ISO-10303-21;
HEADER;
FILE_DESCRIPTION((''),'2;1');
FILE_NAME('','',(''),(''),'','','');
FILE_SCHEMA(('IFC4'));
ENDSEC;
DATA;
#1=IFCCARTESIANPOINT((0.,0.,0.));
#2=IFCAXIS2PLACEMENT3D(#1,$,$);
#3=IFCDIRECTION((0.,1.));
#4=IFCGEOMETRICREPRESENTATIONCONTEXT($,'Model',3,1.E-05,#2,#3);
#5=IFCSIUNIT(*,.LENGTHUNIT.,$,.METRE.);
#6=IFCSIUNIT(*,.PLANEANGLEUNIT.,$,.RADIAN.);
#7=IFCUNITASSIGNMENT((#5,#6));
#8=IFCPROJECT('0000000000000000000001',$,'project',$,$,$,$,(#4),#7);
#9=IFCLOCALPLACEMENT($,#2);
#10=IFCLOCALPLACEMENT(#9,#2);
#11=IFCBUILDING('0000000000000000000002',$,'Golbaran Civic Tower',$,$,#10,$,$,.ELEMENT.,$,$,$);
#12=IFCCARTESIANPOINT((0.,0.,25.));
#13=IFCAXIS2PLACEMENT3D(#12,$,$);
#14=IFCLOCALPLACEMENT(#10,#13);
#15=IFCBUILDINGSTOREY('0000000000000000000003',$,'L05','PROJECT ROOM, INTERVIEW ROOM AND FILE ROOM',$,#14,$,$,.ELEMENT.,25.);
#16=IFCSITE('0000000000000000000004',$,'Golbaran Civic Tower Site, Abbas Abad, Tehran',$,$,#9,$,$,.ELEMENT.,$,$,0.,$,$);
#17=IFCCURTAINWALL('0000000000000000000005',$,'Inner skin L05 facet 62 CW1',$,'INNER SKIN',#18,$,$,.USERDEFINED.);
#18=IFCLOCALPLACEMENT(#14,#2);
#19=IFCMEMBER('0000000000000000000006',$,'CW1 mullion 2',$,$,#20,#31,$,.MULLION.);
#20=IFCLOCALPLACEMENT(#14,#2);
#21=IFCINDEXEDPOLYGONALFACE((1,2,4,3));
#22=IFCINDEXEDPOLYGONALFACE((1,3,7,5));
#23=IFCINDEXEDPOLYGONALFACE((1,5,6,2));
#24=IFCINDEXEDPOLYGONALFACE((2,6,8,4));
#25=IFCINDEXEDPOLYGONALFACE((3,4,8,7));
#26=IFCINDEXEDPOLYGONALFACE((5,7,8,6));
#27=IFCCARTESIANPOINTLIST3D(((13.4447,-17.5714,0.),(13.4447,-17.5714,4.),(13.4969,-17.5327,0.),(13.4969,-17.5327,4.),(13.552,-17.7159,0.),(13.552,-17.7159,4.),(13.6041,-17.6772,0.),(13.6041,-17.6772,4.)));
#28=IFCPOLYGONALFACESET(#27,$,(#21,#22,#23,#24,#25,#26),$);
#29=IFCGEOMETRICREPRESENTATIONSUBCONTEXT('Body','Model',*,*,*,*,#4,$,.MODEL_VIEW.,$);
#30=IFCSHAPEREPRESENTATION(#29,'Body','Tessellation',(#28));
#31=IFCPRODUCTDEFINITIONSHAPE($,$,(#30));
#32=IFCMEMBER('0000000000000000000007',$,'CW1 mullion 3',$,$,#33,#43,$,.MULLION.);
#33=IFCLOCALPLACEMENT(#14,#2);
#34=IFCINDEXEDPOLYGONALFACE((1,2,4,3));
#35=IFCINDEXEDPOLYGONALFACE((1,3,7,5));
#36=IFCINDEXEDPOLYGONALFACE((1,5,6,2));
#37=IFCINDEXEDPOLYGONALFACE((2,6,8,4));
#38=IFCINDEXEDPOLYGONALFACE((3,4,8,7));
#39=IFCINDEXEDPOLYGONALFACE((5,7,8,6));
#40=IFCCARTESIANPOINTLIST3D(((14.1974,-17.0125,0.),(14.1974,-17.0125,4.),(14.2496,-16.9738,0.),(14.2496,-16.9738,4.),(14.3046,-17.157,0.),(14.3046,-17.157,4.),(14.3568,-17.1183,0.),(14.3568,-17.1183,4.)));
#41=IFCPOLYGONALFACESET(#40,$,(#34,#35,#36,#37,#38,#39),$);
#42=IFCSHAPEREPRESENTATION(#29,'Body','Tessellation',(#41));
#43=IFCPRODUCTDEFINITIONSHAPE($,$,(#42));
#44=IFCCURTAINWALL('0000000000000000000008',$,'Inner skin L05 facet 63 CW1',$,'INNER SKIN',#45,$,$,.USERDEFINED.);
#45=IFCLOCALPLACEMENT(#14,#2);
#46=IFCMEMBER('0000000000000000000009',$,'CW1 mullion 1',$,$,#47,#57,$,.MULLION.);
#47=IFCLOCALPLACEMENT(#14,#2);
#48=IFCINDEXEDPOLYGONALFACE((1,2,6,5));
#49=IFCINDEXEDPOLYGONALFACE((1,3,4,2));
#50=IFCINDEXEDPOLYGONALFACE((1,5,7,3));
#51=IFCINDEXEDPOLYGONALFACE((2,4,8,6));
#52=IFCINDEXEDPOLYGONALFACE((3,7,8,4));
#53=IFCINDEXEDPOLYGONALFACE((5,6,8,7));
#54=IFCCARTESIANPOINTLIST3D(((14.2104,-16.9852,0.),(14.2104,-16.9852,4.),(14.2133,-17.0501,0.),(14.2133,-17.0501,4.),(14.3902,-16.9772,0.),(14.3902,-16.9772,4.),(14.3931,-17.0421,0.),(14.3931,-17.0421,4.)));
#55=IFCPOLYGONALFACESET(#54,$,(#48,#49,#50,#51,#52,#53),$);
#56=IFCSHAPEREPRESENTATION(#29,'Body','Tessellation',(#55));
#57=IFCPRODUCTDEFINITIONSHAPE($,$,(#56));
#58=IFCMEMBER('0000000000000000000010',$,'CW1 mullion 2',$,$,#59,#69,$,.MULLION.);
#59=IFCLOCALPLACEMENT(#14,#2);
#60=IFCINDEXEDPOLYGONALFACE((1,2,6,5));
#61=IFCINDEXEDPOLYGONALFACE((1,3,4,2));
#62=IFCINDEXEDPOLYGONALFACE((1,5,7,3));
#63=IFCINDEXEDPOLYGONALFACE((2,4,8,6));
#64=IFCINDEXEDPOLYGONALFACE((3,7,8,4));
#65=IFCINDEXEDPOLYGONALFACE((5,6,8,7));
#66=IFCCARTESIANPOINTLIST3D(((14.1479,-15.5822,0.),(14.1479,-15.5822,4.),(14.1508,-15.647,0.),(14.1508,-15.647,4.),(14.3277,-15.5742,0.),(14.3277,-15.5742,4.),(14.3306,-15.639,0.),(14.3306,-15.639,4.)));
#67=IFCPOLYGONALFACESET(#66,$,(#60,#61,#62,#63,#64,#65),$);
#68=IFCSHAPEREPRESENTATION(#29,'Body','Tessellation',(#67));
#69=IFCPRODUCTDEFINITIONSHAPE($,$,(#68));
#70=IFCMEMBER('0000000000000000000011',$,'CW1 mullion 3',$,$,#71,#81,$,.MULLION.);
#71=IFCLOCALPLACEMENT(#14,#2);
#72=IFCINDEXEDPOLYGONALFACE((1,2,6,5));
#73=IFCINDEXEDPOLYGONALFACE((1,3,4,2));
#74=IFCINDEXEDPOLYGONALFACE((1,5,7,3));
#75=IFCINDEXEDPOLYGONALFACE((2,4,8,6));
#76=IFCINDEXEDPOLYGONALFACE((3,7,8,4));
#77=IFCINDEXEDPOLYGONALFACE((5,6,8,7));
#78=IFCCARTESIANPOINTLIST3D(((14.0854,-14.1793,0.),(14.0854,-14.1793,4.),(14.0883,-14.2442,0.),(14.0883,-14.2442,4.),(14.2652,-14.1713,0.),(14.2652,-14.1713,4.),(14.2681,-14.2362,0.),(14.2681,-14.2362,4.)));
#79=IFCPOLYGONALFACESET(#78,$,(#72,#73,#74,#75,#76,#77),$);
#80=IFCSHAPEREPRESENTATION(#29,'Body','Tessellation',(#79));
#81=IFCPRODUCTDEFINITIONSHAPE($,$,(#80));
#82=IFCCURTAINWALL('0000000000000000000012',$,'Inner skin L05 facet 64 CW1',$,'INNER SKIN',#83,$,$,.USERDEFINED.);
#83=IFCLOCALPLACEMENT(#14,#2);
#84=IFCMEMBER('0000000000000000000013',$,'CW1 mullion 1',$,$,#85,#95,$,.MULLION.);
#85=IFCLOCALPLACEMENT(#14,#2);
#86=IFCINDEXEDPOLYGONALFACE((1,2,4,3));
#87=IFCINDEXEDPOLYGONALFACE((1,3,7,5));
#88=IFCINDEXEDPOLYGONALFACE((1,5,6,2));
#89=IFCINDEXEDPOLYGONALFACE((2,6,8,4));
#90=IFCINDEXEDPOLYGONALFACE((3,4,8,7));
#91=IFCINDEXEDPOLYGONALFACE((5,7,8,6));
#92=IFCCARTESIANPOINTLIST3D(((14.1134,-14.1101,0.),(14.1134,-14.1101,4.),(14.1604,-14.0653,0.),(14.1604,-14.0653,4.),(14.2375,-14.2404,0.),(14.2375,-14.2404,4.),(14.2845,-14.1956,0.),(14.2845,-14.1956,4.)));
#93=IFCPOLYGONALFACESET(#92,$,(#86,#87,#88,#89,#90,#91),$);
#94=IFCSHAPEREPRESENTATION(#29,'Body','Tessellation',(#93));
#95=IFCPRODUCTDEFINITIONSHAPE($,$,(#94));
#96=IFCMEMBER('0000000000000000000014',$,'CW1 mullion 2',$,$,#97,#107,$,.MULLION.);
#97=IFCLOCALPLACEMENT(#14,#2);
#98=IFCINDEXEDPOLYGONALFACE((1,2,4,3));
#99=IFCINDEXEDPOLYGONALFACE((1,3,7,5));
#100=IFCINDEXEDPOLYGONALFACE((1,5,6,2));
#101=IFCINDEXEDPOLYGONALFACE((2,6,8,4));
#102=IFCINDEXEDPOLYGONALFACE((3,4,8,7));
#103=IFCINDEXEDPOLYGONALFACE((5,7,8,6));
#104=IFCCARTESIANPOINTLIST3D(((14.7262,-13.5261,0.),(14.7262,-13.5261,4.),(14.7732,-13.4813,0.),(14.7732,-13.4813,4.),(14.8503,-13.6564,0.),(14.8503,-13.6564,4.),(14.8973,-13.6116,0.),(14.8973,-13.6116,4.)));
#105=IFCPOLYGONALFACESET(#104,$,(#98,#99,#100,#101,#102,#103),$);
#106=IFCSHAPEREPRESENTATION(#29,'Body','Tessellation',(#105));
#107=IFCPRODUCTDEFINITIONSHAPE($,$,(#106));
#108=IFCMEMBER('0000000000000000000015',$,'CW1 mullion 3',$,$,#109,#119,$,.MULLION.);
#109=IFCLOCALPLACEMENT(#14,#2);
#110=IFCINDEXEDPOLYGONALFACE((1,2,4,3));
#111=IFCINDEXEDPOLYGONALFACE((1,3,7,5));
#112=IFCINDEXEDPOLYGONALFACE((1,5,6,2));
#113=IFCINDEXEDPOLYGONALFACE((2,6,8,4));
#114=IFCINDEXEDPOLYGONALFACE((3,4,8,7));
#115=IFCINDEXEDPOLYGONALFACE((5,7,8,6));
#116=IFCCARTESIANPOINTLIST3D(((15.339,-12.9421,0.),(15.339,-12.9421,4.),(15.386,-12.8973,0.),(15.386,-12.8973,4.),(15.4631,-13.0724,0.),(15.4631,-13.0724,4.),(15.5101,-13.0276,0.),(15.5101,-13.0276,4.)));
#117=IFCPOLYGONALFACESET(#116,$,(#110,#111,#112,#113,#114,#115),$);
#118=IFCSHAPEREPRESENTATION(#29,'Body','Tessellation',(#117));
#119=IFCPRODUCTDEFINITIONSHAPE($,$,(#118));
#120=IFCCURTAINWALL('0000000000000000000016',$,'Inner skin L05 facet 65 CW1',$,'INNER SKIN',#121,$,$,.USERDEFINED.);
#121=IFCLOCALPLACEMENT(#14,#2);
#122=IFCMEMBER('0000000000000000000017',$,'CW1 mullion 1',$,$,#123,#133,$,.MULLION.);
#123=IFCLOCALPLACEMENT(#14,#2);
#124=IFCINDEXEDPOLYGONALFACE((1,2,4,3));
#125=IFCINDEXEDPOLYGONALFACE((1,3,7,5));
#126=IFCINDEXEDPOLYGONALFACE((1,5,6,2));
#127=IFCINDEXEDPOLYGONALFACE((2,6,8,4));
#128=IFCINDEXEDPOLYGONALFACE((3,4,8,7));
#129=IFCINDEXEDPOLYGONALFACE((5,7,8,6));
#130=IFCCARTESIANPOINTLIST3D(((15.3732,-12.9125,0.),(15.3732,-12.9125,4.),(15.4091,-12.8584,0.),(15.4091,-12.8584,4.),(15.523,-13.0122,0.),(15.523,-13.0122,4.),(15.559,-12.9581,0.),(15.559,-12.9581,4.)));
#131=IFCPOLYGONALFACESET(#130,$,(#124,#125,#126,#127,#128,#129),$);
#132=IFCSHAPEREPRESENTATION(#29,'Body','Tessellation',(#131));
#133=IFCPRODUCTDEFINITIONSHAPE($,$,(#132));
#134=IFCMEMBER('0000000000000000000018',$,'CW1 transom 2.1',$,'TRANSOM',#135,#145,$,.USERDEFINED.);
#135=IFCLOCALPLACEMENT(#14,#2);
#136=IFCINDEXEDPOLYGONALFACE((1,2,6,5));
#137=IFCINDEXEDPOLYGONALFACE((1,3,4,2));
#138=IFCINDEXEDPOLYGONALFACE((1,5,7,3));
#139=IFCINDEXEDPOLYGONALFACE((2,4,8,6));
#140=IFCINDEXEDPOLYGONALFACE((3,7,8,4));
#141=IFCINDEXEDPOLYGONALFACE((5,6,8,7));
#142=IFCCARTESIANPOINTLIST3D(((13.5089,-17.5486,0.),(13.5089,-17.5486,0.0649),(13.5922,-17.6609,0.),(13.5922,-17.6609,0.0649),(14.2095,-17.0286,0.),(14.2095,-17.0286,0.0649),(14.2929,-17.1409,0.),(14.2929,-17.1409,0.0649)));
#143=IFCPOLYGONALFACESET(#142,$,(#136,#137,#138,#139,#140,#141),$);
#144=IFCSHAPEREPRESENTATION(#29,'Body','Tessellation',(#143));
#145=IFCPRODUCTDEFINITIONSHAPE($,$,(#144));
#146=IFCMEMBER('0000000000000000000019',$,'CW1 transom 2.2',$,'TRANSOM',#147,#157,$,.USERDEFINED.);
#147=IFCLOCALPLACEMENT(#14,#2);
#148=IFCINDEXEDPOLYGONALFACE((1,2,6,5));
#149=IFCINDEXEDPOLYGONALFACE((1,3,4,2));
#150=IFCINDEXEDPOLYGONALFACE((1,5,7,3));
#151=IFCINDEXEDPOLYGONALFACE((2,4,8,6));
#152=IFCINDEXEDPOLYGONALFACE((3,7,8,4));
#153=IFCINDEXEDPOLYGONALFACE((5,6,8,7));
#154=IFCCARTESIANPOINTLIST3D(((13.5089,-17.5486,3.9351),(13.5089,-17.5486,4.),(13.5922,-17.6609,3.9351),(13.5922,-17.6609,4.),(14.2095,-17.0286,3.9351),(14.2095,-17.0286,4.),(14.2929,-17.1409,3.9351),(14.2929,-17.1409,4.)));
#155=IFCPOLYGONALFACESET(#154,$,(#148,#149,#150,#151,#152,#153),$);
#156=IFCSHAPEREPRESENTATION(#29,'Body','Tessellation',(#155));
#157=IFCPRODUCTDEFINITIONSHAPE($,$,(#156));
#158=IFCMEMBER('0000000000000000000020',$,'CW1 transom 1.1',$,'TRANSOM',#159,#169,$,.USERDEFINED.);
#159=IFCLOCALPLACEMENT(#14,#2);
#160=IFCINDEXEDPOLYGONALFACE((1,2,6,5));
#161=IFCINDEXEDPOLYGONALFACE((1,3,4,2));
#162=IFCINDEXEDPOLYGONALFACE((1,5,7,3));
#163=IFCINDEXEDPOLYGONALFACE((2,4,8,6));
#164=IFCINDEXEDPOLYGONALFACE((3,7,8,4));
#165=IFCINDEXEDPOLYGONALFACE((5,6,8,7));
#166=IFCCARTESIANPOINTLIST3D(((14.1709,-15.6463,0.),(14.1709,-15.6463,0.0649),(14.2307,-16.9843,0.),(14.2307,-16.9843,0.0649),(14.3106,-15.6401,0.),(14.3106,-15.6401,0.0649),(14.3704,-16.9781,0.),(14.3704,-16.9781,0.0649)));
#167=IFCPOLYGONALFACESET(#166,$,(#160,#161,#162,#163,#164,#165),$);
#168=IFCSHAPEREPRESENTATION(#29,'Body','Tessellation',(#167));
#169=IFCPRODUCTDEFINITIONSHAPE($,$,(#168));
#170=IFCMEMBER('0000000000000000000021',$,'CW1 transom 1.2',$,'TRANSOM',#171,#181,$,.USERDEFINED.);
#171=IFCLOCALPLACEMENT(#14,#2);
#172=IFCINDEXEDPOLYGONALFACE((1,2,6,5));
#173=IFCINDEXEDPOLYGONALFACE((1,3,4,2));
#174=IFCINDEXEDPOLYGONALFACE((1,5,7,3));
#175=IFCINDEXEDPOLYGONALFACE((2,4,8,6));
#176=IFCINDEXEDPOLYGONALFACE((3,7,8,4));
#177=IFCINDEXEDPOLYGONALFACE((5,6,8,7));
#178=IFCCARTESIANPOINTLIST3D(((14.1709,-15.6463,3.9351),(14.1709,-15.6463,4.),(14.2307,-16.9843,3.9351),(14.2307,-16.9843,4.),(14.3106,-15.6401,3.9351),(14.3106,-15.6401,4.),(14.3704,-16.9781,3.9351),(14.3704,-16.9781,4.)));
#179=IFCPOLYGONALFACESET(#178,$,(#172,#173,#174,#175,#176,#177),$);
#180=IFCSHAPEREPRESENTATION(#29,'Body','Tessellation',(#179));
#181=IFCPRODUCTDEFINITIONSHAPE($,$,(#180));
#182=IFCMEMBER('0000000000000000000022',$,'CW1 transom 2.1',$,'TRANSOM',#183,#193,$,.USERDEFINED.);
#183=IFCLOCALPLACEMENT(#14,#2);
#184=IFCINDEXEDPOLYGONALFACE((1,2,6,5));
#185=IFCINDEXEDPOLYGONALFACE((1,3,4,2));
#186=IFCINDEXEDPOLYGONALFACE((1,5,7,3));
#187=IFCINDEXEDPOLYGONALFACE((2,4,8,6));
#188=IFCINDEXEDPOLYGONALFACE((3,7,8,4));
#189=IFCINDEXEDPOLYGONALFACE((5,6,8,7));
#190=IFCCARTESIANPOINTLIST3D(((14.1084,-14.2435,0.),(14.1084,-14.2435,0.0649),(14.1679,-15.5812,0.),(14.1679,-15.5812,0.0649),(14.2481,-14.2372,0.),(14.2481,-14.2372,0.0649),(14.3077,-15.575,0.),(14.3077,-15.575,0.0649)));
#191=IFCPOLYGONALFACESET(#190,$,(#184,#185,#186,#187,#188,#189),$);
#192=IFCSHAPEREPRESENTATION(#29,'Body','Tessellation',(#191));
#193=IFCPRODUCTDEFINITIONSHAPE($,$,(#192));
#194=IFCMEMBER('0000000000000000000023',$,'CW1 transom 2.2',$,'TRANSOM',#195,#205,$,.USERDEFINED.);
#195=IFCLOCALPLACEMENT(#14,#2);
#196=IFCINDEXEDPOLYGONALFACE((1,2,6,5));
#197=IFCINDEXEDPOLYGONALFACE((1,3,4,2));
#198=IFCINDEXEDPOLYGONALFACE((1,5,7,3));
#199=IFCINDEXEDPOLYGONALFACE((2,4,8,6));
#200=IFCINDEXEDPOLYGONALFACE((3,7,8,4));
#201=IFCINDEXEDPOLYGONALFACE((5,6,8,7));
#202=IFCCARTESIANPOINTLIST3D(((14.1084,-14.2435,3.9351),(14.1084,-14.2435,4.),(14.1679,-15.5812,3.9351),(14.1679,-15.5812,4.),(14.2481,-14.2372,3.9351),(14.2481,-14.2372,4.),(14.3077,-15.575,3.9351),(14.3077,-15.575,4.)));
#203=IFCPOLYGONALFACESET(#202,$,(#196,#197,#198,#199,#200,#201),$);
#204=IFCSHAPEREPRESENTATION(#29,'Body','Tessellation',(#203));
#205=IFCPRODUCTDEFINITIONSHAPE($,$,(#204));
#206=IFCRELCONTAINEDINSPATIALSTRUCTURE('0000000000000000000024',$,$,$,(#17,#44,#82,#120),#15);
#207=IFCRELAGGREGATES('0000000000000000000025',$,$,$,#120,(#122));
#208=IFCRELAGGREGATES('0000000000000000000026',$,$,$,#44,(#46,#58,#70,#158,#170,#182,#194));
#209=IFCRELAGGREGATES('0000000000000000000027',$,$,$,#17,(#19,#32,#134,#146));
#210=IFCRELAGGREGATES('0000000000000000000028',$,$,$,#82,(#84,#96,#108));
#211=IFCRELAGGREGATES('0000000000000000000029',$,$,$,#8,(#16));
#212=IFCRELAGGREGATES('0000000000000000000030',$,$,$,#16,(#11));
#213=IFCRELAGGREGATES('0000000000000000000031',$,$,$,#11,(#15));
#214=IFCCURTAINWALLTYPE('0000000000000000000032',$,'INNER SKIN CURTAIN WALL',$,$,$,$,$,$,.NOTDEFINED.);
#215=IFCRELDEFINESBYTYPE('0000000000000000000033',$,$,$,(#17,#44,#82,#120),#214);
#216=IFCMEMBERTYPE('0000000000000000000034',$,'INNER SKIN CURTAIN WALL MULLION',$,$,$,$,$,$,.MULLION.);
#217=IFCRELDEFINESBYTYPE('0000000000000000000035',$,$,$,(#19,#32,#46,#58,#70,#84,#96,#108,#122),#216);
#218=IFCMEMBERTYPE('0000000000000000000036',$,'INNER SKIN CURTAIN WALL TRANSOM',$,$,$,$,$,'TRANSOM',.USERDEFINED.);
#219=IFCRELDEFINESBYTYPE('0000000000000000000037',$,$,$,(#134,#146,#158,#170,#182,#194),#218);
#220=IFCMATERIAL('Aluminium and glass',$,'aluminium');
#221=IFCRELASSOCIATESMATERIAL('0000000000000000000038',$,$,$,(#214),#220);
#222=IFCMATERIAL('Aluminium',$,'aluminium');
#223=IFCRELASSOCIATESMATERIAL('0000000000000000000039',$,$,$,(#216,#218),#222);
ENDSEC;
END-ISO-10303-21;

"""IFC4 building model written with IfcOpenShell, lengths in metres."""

from ifc_helpers import new_model, si_unit, direction, frame, origin, origin_2d, place, context, subcontext, project, spatial, rectangle, extrude, material, material_profile, profile_set, type_object, element, aggregate, save


model = new_model("IFC4")

# Units and contexts
model_context = context("Model", 3, precision=1e-05, world=origin(), true_north=direction((0.0, 1.0)))
body_context = subcontext(model_context, "Body", "Model", "MODEL_VIEW")
ifc_project = project(units=[si_unit("LENGTHUNIT", "METRE"), si_unit("PLANEANGLEUNIT", "RADIAN")], contexts=[model_context])

# Site, building, storey
site_placement = place(None, origin())
site = spatial("IfcSite", under=ifc_project, at=site_placement, Name="Golbaran Civic Tower Site, Abbas Abad, Tehran", CompositionType="ELEMENT", RefElevation=0.0)
building_placement = place(site_placement, origin())
building = spatial("IfcBuilding", under=site, at=building_placement, Name="Golbaran Civic Tower", CompositionType="ELEMENT")
storey_placement = place(building_placement, frame((0.0, 0.0, 25.0)))
storey = spatial("IfcBuildingStorey", under=building, at=storey_placement, Name="L05", Description="PROJECT ROOM, INTERVIEW ROOM AND FILE ROOM", CompositionType="ELEMENT", Elevation=25.0)

# Curtain walls, members
ifc_material_1 = material(Name="Aluminium and glass", Category="aluminium")
curtain_wall_type = type_object("IfcCurtainWallType", Name="INNER SKIN CURTAIN WALL", PredefinedType="NOTDEFINED", material=ifc_material_1)
curtain_wall_1_placement = place(storey_placement, origin())
curtain_wall_1 = element("IfcCurtainWall", 1, at=curtain_wall_1_placement, inside=storey, type_object=curtain_wall_type, Name="Inner skin L05 facet 62 CW1", ObjectType="INNER SKIN", PredefinedType="USERDEFINED")
ifc_material_2 = material(Name="Aluminium", Category="aluminium")
ifc_material_profile_1 = material_profile(ifc_material_2, rectangle(XDim=0.1799, YDim=0.0649, at=origin_2d()), Name="INNER SKIN CURTAIN WALL MULLION")
ifc_profile_set_1 = profile_set([ifc_material_profile_1], Name="Aluminium")
member_type_1 = type_object("IfcMemberType", Name="INNER SKIN CURTAIN WALL MULLION", PredefinedType="MULLION", material=ifc_profile_set_1)
member_1_placement = place(storey_placement, frame((13.5244, -17.6243, 0.0), z_axis=(0.0, 0.0, 1.0), x_axis=(-0.596019, 0.80297, 0.0)))
member_1 = element("IfcMember", 2, at=member_1_placement, type_object=member_type_1, Name="CW1 mullion 2", PredefinedType="MULLION", context=body_context, shape_type="SweptSolid", body=[
    extrude(rectangle(XDim=0.1799, YDim=0.0649, at=origin_2d()), origin(), (0.0, 0.0, 1.0), 4.0),
])
member_2_placement = place(storey_placement, frame((14.2771, -17.0654, 0.0), z_axis=(0.0, 0.0, 1.0), x_axis=(-0.596019, 0.80297, 0.0)))
member_2 = element("IfcMember", 3, at=member_2_placement, type_object=member_type_1, Name="CW1 mullion 3", PredefinedType="MULLION", context=body_context, shape_type="SweptSolid", body=[
    extrude(rectangle(XDim=0.1799, YDim=0.0649, at=origin_2d()), origin(), (0.0, 0.0, 1.0), 4.0),
])
curtain_wall_2_placement = place(storey_placement, origin())
curtain_wall_2 = element("IfcCurtainWall", 4, at=curtain_wall_2_placement, inside=storey, type_object=curtain_wall_type, Name="Inner skin L05 facet 63 CW1", ObjectType="INNER SKIN", PredefinedType="USERDEFINED")
member_3_placement = place(storey_placement, frame((14.3018, -17.0137, 0.0), z_axis=(0.0, 0.0, 1.0), x_axis=(-0.999008, -0.044524, 0.0)))
member_3 = element("IfcMember", 5, at=member_3_placement, type_object=member_type_1, Name="CW1 mullion 1", PredefinedType="MULLION", context=body_context, shape_type="SweptSolid", body=[
    extrude(rectangle(XDim=0.1799, YDim=0.0649, at=origin_2d()), origin(), (0.0, 0.0, 1.0), 4.0),
])
member_4_placement = place(storey_placement, frame((14.2393, -15.6106, 0.0), z_axis=(0.0, 0.0, 1.0), x_axis=(-0.999008, -0.044524, 0.0)))
member_4 = element("IfcMember", 6, at=member_4_placement, type_object=member_type_1, Name="CW1 mullion 2", PredefinedType="MULLION", context=body_context, shape_type="SweptSolid", body=[
    extrude(rectangle(XDim=0.1799, YDim=0.0649, at=origin_2d()), origin(), (0.0, 0.0, 1.0), 4.0),
])
member_5_placement = place(storey_placement, frame((14.1768, -14.2078, 0.0), z_axis=(0.0, 0.0, 1.0), x_axis=(-0.999008, -0.044524, 0.0)))
member_5 = element("IfcMember", 7, at=member_5_placement, type_object=member_type_1, Name="CW1 mullion 3", PredefinedType="MULLION", context=body_context, shape_type="SweptSolid", body=[
    extrude(rectangle(XDim=0.1799, YDim=0.0649, at=origin_2d()), origin(), (0.0, 0.0, 1.0), 4.0),
])
curtain_wall_3_placement = place(storey_placement, origin())
curtain_wall_3 = element("IfcCurtainWall", 8, at=curtain_wall_3_placement, inside=storey, type_object=curtain_wall_type, Name="Inner skin L05 facet 64 CW1", ObjectType="INNER SKIN", PredefinedType="USERDEFINED")
member_6_placement = place(storey_placement, frame((14.199, -14.1528, 0.0), z_axis=(0.0, 0.0, 1.0), x_axis=(-0.689904, 0.7239, 0.0)))
member_6 = element("IfcMember", 9, at=member_6_placement, type_object=member_type_1, Name="CW1 mullion 1", PredefinedType="MULLION", context=body_context, shape_type="SweptSolid", body=[
    extrude(rectangle(XDim=0.1799, YDim=0.0649, at=origin_2d()), origin(), (0.0, 0.0, 1.0), 4.0),
])
member_7_placement = place(storey_placement, frame((14.8118, -13.5688, 0.0), z_axis=(0.0, 0.0, 1.0), x_axis=(-0.689904, 0.7239, 0.0)))
member_7 = element("IfcMember", 10, at=member_7_placement, type_object=member_type_1, Name="CW1 mullion 2", PredefinedType="MULLION", context=body_context, shape_type="SweptSolid", body=[
    extrude(rectangle(XDim=0.1799, YDim=0.0649, at=origin_2d()), origin(), (0.0, 0.0, 1.0), 4.0),
])
member_8_placement = place(storey_placement, frame((15.4246, -12.9849, 0.0), z_axis=(0.0, 0.0, 1.0), x_axis=(-0.689904, 0.7239, 0.0)))
member_8 = element("IfcMember", 11, at=member_8_placement, type_object=member_type_1, Name="CW1 mullion 3", PredefinedType="MULLION", context=body_context, shape_type="SweptSolid", body=[
    extrude(rectangle(XDim=0.1799, YDim=0.0649, at=origin_2d()), origin(), (0.0, 0.0, 1.0), 4.0),
])

# Curtain wall, member
curtain_wall_4_placement = place(storey_placement, origin())
curtain_wall_4 = element("IfcCurtainWall", 12, at=curtain_wall_4_placement, inside=storey, type_object=curtain_wall_type, Name="Inner skin L05 facet 65 CW1", ObjectType="INNER SKIN", PredefinedType="USERDEFINED")
member_9_placement = place(storey_placement, frame((15.4661, -12.9353, 0.0), z_axis=(0.0, 0.0, 1.0), x_axis=(-0.832703, 0.553719, 0.0)))
member_9 = element("IfcMember", 13, at=member_9_placement, type_object=member_type_1, Name="CW1 mullion 1", PredefinedType="MULLION", context=body_context, shape_type="SweptSolid", body=[
    extrude(rectangle(XDim=0.1799, YDim=0.0649, at=origin_2d()), origin(), (0.0, 0.0, 1.0), 4.0),
])
aggregate(curtain_wall_4, [member_9])

# Members
ifc_material_profile_2 = material_profile(ifc_material_2, rectangle(XDim=0.1399, YDim=0.0649, at=origin_2d()), Name="INNER SKIN CURTAIN WALL TRANSOM")
ifc_profile_set_2 = profile_set([ifc_material_profile_2], Name="Aluminium")
member_type_2 = type_object("IfcMemberType", Name="INNER SKIN CURTAIN WALL TRANSOM", ElementType="TRANSOM", PredefinedType="USERDEFINED", material=ifc_profile_set_2)
member_10_placement = place(storey_placement, frame((13.5505, -17.6047, 0.0325), z_axis=(0.803012, 0.595963, 0.0), x_axis=(-0.595963, 0.803012, 0.0)))
member_10 = element("IfcMember", 14, at=member_10_placement, type_object=member_type_2, Name="CW1 transom 2.1", ObjectType="TRANSOM", PredefinedType="USERDEFINED", context=body_context, shape_type="SweptSolid", body=[
    extrude(rectangle(XDim=0.1399, YDim=0.0649, at=origin_2d()), origin(), (0.0, 0.0, 1.0), 0.8726),
])
member_11_placement = place(storey_placement, frame((13.5505, -17.6047, 3.9675), z_axis=(0.803012, 0.595963, 0.0), x_axis=(-0.595963, 0.803012, 0.0)))
member_11 = element("IfcMember", 15, at=member_11_placement, type_object=member_type_2, Name="CW1 transom 2.2", ObjectType="TRANSOM", PredefinedType="USERDEFINED", context=body_context, shape_type="SweptSolid", body=[
    extrude(rectangle(XDim=0.1399, YDim=0.0649, at=origin_2d()), origin(), (0.0, 0.0, 1.0), 0.8726),
])
member_12_placement = place(storey_placement, frame((14.3005, -16.9812, 0.0325), z_axis=(-0.044655, 0.999002, 0.0), x_axis=(-0.999002, -0.044655, 0.0)))
member_12 = element("IfcMember", 16, at=member_12_placement, type_object=member_type_2, Name="CW1 transom 1.1", ObjectType="TRANSOM", PredefinedType="USERDEFINED", context=body_context, shape_type="SweptSolid", body=[
    extrude(rectangle(XDim=0.1399, YDim=0.0649, at=origin_2d()), origin(), (0.0, 0.0, 1.0), 1.3394),
])
member_13_placement = place(storey_placement, frame((14.3005, -16.9812, 3.9675), z_axis=(-0.044655, 0.999002, 0.0), x_axis=(-0.999002, -0.044655, 0.0)))
member_13 = element("IfcMember", 17, at=member_13_placement, type_object=member_type_2, Name="CW1 transom 1.2", ObjectType="TRANSOM", PredefinedType="USERDEFINED", context=body_context, shape_type="SweptSolid", body=[
    extrude(rectangle(XDim=0.1399, YDim=0.0649, at=origin_2d()), origin(), (0.0, 0.0, 1.0), 1.3394),
])
member_14_placement = place(storey_placement, frame((14.2378, -15.5781, 0.0325), z_axis=(-0.044481, 0.99901, 0.0), x_axis=(-0.99901, -0.044481, 0.0)))
member_14 = element("IfcMember", 18, at=member_14_placement, type_object=member_type_2, Name="CW1 transom 2.1", ObjectType="TRANSOM", PredefinedType="USERDEFINED", context=body_context, shape_type="SweptSolid", body=[
    extrude(rectangle(XDim=0.1399, YDim=0.0649, at=origin_2d()), origin(), (0.0, 0.0, 1.0), 1.3391),
])
member_15_placement = place(storey_placement, frame((14.2378, -15.5781, 3.9675), z_axis=(-0.044481, 0.99901, 0.0), x_axis=(-0.99901, -0.044481, 0.0)))
member_15 = element("IfcMember", 19, at=member_15_placement, type_object=member_type_2, Name="CW1 transom 2.2", ObjectType="TRANSOM", PredefinedType="USERDEFINED", context=body_context, shape_type="SweptSolid", body=[
    extrude(rectangle(XDim=0.1399, YDim=0.0649, at=origin_2d()), origin(), (0.0, 0.0, 1.0), 1.3391),
])

aggregate(curtain_wall_2, [member_3, member_4, member_5, member_12, member_13, member_14, member_15])
aggregate(curtain_wall_1, [member_1, member_2, member_10, member_11])
aggregate(curtain_wall_3, [member_6, member_7, member_8])

save(model, "model.ifc")
